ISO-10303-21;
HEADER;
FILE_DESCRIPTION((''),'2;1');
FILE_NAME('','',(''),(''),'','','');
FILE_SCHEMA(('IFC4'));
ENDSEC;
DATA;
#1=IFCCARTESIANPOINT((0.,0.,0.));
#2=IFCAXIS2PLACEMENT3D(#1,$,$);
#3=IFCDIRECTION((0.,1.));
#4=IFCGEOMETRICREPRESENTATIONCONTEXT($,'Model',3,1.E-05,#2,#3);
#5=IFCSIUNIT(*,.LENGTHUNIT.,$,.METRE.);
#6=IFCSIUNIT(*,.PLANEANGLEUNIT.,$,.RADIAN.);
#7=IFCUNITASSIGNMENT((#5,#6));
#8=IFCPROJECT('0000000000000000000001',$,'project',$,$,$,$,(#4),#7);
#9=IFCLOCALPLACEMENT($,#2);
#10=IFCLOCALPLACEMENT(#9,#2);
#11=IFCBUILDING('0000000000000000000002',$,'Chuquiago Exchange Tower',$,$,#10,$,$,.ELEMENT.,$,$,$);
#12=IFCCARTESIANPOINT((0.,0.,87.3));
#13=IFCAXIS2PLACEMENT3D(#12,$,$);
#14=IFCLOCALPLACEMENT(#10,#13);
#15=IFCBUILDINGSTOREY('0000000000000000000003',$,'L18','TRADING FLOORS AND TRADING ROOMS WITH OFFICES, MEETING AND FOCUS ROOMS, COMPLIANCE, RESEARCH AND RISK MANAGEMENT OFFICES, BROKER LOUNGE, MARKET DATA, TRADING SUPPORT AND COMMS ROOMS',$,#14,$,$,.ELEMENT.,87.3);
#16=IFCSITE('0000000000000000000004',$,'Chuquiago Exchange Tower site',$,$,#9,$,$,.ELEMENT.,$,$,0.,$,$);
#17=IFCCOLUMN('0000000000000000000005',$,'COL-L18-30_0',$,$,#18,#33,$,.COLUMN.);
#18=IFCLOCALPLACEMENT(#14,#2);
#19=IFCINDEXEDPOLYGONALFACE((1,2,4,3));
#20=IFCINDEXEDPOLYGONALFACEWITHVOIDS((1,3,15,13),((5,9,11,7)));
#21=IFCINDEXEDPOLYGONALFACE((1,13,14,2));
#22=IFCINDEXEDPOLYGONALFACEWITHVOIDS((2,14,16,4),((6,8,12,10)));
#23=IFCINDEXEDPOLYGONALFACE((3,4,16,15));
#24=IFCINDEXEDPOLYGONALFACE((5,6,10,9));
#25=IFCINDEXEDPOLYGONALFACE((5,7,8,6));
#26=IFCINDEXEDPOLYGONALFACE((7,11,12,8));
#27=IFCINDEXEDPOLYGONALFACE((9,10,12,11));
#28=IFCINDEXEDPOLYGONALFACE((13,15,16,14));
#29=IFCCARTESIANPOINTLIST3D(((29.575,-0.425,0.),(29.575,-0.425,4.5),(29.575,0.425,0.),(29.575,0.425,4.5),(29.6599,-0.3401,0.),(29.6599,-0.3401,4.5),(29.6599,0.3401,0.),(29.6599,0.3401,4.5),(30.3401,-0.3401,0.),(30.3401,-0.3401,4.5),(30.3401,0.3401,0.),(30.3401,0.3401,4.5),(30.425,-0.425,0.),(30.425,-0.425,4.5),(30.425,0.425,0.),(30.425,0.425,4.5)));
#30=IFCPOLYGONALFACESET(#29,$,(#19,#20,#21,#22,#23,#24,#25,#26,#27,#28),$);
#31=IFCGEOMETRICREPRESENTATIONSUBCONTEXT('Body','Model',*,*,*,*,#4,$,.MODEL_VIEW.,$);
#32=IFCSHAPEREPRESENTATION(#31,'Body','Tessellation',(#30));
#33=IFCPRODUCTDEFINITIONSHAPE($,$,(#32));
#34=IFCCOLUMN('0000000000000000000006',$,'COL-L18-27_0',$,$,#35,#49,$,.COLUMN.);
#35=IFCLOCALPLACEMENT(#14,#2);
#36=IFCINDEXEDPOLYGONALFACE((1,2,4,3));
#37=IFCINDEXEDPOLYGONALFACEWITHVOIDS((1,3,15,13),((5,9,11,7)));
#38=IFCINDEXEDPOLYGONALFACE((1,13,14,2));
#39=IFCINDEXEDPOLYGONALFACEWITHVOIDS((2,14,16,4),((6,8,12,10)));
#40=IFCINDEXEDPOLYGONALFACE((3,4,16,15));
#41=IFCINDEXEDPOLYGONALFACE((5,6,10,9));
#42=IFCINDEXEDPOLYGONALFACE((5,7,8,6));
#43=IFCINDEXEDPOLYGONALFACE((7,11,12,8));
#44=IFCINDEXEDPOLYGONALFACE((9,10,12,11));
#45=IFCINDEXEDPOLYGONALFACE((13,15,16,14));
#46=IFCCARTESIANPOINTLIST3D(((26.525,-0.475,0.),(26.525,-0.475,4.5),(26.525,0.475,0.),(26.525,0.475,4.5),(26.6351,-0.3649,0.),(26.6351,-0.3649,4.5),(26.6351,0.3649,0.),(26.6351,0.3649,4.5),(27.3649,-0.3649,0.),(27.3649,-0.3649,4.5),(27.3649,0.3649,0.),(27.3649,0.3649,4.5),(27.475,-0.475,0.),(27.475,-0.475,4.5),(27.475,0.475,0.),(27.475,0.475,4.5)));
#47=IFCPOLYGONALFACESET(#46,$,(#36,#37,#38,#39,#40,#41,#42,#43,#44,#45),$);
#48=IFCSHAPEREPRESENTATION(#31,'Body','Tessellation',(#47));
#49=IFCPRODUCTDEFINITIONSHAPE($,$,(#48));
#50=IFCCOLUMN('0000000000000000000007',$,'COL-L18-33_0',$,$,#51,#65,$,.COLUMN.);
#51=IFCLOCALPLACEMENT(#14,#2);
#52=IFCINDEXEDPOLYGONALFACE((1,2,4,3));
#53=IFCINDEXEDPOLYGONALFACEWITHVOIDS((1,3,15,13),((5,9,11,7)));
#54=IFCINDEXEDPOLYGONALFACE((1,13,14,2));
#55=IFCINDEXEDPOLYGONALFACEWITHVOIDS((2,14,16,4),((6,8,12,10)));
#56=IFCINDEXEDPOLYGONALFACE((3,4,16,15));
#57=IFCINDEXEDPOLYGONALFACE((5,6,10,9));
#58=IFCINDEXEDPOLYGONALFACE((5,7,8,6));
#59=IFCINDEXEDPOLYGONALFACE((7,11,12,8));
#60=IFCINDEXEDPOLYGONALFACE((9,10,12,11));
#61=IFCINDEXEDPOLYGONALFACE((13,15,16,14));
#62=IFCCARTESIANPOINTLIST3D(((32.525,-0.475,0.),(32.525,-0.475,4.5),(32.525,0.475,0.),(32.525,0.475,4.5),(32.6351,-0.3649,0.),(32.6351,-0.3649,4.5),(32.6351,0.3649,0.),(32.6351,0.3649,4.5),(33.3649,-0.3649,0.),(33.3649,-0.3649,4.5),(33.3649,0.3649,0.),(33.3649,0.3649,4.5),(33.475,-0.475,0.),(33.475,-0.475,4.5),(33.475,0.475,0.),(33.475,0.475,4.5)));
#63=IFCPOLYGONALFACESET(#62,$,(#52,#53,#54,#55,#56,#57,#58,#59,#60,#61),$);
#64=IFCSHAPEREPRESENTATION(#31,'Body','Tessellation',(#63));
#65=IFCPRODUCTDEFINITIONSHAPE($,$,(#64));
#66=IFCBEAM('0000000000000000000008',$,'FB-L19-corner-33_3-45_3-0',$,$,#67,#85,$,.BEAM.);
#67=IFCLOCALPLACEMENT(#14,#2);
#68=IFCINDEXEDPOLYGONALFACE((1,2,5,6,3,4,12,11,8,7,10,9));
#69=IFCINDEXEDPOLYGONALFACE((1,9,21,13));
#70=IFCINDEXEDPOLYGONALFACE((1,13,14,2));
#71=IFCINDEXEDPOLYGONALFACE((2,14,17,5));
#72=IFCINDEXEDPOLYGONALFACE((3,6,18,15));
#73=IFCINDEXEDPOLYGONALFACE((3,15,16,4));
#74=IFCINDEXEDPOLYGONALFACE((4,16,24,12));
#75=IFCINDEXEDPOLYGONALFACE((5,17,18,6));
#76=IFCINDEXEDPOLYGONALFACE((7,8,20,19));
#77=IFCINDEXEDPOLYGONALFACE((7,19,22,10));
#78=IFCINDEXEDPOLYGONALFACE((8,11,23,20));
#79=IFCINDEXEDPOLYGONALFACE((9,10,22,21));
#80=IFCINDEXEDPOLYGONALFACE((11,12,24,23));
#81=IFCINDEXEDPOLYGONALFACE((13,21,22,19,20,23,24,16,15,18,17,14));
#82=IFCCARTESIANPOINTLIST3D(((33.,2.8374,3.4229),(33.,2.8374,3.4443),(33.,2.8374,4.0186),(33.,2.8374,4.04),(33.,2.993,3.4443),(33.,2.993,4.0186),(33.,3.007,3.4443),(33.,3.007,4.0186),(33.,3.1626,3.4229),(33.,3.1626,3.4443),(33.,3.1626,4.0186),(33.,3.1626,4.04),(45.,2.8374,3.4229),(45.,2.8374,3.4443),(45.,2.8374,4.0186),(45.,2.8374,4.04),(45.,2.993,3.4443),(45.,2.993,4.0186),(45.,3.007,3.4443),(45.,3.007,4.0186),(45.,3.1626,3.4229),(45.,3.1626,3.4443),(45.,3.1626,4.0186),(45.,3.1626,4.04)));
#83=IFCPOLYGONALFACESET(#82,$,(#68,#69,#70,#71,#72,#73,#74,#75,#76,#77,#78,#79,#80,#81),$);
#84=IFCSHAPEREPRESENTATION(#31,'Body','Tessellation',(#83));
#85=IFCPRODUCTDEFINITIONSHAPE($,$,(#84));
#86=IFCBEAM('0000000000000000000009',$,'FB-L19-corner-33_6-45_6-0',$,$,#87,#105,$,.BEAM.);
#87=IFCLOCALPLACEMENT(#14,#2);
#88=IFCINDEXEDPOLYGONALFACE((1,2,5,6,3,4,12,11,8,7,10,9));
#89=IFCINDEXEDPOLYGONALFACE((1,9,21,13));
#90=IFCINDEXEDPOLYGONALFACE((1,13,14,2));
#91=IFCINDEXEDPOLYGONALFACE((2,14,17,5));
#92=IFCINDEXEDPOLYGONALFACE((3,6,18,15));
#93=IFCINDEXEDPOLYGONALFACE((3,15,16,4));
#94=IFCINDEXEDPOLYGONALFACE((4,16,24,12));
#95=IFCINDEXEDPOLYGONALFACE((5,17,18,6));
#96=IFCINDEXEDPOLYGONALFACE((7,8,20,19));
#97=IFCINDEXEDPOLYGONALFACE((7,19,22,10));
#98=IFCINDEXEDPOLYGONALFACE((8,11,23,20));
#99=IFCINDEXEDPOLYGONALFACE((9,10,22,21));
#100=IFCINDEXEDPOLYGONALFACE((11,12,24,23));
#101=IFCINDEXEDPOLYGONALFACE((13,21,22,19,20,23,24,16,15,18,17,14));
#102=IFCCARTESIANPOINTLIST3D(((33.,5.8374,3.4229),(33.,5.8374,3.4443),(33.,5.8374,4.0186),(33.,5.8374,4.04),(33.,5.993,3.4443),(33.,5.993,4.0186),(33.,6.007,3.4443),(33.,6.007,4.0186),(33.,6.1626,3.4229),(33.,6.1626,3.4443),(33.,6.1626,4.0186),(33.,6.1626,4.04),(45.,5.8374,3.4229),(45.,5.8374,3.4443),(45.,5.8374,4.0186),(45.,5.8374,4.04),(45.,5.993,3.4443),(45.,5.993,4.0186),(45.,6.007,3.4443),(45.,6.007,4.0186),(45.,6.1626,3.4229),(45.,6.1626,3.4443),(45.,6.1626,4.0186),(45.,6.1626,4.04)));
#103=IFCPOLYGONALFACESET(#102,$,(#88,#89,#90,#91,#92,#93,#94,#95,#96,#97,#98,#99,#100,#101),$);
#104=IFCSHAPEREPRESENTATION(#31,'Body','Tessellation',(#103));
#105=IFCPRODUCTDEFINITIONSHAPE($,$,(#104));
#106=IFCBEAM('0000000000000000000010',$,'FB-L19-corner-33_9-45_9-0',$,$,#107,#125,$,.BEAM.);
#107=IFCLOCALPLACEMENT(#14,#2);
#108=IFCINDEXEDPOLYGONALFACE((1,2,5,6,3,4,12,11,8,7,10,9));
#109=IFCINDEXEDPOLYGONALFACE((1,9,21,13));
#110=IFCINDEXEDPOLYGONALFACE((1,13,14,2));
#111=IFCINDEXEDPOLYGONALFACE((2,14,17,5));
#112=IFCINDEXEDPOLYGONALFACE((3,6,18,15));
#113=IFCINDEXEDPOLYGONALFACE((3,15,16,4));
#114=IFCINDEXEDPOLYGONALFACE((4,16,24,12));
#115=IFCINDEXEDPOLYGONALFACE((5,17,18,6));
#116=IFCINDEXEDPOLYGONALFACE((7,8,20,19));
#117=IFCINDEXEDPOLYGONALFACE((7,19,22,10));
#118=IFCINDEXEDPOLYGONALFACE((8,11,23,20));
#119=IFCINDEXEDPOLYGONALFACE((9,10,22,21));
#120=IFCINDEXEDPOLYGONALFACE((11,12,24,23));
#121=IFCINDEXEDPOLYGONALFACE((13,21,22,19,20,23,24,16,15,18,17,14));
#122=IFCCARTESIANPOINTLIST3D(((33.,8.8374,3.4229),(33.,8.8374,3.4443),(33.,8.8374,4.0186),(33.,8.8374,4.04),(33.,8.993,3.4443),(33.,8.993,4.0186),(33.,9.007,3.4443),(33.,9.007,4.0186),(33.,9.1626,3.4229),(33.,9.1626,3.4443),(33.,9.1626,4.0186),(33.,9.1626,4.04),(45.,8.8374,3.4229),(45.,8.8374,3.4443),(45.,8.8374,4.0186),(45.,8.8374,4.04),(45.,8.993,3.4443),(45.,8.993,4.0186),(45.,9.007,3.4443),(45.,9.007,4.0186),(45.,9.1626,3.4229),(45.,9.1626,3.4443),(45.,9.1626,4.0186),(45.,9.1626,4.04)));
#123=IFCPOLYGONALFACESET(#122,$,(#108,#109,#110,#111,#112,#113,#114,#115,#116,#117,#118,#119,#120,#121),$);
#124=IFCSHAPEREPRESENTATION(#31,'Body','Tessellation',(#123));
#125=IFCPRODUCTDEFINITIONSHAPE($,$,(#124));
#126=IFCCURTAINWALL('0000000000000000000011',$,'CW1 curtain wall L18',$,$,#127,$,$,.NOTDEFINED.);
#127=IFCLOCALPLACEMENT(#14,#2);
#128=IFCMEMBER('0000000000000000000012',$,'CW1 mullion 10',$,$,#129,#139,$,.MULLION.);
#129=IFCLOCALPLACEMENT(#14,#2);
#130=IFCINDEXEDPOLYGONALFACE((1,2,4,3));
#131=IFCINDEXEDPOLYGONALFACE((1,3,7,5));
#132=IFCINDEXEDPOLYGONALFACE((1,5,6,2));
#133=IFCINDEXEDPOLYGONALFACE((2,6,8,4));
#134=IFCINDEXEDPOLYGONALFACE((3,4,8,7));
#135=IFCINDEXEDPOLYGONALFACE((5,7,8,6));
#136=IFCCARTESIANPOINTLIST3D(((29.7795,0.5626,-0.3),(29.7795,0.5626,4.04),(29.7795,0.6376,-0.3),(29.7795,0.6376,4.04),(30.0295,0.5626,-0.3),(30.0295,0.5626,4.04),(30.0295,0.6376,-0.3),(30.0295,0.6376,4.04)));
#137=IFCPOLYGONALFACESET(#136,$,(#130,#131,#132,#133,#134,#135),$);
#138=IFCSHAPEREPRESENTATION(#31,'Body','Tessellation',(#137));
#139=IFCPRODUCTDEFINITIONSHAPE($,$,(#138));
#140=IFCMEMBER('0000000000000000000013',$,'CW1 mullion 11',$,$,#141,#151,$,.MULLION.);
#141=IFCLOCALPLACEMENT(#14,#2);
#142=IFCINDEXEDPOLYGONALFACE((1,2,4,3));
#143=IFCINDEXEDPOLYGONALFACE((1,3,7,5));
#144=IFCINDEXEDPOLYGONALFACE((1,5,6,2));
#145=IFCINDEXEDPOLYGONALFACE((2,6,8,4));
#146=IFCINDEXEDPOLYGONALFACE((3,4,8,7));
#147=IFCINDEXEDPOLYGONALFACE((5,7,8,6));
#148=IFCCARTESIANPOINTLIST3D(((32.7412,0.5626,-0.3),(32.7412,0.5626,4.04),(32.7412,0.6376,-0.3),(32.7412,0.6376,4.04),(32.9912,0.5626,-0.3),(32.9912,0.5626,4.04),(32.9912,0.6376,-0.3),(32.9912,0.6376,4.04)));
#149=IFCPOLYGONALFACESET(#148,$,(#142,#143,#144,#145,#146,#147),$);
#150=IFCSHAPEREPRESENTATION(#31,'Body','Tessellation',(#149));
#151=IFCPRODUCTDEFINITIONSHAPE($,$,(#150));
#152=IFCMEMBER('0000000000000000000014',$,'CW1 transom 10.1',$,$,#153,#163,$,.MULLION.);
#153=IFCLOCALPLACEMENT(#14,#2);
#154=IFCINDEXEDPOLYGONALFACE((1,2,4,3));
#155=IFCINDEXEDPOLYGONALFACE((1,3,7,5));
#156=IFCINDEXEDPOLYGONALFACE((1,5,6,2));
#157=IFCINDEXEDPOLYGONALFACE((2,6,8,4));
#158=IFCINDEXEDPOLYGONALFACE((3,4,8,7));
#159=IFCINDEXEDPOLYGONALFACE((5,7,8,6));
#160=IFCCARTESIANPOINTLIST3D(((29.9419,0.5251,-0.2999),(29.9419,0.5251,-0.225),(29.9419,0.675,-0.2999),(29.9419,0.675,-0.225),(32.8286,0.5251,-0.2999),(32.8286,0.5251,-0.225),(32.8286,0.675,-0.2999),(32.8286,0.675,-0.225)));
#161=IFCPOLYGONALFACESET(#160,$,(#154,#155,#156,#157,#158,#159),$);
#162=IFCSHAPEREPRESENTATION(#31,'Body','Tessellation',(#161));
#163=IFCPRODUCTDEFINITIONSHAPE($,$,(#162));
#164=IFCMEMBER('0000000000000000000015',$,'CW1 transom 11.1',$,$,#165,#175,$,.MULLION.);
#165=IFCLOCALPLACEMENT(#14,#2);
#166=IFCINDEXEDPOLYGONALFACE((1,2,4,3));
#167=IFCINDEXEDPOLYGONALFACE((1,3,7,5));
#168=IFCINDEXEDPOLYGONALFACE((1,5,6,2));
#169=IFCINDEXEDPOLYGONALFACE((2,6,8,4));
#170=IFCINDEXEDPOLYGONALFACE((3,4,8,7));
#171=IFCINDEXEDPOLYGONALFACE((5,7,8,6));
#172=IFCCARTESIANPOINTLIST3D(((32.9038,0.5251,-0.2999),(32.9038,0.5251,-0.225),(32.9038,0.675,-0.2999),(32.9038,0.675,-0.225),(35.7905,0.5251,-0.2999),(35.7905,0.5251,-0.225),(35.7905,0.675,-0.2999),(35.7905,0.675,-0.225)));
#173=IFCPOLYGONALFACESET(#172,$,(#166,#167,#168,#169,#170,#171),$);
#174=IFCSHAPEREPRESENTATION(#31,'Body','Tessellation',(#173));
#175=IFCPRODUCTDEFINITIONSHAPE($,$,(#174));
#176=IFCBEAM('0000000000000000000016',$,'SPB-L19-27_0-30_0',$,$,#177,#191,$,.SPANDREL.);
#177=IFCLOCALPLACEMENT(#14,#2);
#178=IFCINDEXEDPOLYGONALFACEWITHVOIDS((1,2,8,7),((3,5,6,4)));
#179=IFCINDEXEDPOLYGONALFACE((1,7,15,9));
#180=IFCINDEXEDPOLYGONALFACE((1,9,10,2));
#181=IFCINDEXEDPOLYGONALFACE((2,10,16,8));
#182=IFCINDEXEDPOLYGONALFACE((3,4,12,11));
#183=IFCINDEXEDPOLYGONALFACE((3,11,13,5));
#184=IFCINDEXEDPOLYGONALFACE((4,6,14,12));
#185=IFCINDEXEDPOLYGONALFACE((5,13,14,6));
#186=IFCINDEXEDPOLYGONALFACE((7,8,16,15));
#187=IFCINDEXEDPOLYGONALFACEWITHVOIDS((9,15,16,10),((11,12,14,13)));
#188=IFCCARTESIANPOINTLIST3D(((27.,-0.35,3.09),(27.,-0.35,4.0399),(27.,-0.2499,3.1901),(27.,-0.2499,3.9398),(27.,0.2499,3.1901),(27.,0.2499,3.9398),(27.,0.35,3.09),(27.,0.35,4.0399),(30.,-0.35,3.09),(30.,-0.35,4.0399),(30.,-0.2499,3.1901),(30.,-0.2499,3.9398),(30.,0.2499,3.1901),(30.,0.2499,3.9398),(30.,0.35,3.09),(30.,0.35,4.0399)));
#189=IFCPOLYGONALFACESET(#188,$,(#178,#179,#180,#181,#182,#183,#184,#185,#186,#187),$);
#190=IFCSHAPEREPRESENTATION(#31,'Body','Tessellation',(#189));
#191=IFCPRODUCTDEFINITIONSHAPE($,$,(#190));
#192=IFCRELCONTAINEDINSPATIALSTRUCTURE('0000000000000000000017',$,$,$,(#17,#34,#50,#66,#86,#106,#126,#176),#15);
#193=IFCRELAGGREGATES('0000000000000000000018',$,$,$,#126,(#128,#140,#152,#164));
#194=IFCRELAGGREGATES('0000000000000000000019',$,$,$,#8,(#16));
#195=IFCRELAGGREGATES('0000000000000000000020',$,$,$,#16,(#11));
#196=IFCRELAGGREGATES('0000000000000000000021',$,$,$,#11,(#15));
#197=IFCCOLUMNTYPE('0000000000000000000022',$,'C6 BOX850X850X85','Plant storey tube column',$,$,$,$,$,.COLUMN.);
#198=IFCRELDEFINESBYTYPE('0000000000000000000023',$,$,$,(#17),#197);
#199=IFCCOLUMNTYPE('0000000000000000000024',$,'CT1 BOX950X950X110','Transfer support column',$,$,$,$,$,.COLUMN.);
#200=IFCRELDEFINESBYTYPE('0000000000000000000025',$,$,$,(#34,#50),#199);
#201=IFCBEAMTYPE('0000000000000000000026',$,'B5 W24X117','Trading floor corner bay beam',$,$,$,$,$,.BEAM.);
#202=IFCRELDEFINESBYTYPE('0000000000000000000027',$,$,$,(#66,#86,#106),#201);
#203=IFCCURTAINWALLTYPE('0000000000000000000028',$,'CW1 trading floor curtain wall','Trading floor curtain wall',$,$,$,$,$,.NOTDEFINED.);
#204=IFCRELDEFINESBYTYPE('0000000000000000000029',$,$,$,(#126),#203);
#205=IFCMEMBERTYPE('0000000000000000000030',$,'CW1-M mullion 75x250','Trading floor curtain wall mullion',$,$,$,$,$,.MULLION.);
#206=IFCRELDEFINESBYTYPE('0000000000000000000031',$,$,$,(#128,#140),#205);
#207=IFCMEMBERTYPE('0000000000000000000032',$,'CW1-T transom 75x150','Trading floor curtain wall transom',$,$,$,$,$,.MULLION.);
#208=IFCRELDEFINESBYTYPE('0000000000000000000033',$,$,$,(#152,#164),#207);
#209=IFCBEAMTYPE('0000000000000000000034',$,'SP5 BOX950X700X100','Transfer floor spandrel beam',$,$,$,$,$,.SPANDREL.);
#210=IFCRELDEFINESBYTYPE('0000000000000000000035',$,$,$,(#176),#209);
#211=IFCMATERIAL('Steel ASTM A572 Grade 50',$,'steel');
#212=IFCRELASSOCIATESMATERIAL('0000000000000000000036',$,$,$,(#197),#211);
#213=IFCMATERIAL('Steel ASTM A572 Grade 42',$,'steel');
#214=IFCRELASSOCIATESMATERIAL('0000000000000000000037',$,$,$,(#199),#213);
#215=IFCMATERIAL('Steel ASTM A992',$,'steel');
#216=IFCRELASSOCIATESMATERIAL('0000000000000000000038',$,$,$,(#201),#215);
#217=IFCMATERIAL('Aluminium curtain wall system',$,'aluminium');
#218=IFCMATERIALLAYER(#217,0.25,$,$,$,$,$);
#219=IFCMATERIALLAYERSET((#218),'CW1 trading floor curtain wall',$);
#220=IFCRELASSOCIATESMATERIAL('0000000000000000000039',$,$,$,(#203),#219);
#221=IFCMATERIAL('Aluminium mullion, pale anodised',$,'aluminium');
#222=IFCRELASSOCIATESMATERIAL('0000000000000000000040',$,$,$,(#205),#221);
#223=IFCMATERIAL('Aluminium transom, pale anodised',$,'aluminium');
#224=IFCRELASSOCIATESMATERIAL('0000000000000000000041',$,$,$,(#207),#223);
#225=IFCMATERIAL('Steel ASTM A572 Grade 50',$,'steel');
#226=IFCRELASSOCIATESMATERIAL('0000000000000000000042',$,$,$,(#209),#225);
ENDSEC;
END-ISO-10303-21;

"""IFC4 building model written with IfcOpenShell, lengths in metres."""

from ifc_helpers import new_model, si_unit, direction, frame, origin, origin_2d, place, context, subcontext, project, spatial, rectangle, hollow_rectangle, i_section, extrude, material, layer, layer_set, material_profile, profile_set, type_object, element, aggregate, save


model = new_model("IFC4")

# Units and contexts
model_context = context("Model", 3, precision=1e-05, world=origin(), true_north=direction((0.0, 1.0)))
body_context = subcontext(model_context, "Body", "Model", "MODEL_VIEW")
ifc_project = project(units=[si_unit("LENGTHUNIT", "METRE"), si_unit("PLANEANGLEUNIT", "RADIAN")], contexts=[model_context])

# Site, building, storey
site_placement = place(None, origin())
site = spatial("IfcSite", under=ifc_project, at=site_placement, Name="Chuquiago Exchange Tower site", CompositionType="ELEMENT", RefElevation=0.0)
building_placement = place(site_placement, origin())
building = spatial("IfcBuilding", under=site, at=building_placement, Name="Chuquiago Exchange Tower", CompositionType="ELEMENT")
storey_placement = place(building_placement, frame((0.0, 0.0, 87.3)))
storey = spatial("IfcBuildingStorey", under=building, at=storey_placement, Name="L18", Description="TRADING FLOORS AND TRADING ROOMS WITH OFFICES, MEETING AND FOCUS ROOMS, COMPLIANCE, RESEARCH AND RISK MANAGEMENT OFFICES, BROKER LOUNGE, MARKET DATA, TRADING SUPPORT AND COMMS ROOMS", CompositionType="ELEMENT", Elevation=87.3)

# Columns
ifc_material_1 = material(Name="Steel ASTM A572 Grade 50", Category="steel")
ifc_material_profile_1 = material_profile(ifc_material_1, hollow_rectangle(XDim=0.8501, YDim=0.8501, WallThickness=0.085, at=origin_2d()), Name="BOX850X850X85")
ifc_profile_set_1 = profile_set([ifc_material_profile_1], Name="Steel ASTM A572 Grade 50")
column_type_1 = type_object("IfcColumnType", Name="C6 BOX850X850X85", Description="Plant storey tube column", PredefinedType="COLUMN", material=ifc_profile_set_1)
column_placement = place(storey_placement, frame((30.0, 0.0, 0.0), z_axis=(0.0, 0.0, 1.0), x_axis=(0.0, -1.0, 0.0)))
element("IfcColumn", 1, at=column_placement, inside=storey, type_object=column_type_1, Name="COL-L18-30_0", PredefinedType="COLUMN", context=body_context, shape_type="SweptSolid", body=[
    extrude(hollow_rectangle(XDim=0.8501, YDim=0.8501, WallThickness=0.085, at=origin_2d()), origin(), (0.0, 0.0, 1.0), 4.5),
])
ifc_material_2 = material(Name="Steel ASTM A572 Grade 42", Category="steel")
ifc_material_profile_2 = material_profile(ifc_material_2, hollow_rectangle(XDim=0.95, YDim=0.95, WallThickness=0.1101, at=origin_2d()), Name="BOX950X950X110")
ifc_profile_set_2 = profile_set([ifc_material_profile_2], Name="Steel ASTM A572 Grade 42")
column_type_2 = type_object("IfcColumnType", Name="CT1 BOX950X950X110", Description="Transfer support column", PredefinedType="COLUMN", material=ifc_profile_set_2)
for number, where, z_axis, x_axis, name in (
    (2, (27.0, 0.0, 0.0), (0.0, 0.0, 1.0), (0.0, -1.0, 0.0), "COL-L18-27_0"),
    (3, (33.0, 0.0, 0.0), (0.0, 0.0, 1.0), (0.0, -1.0, 0.0), "COL-L18-33_0"),
):
    element("IfcColumn", number, at=place(storey_placement, frame(where, z_axis=z_axis, x_axis=x_axis)), inside=storey, type_object=column_type_2, Name=name, PredefinedType="COLUMN", context=body_context, shape_type="SweptSolid", body=[
        extrude(hollow_rectangle(XDim=0.95, YDim=0.95, WallThickness=0.1101, at=origin_2d()), origin(), (0.0, 0.0, 1.0), 4.5),
    ])

# Beams
ifc_material_3 = material(Name="Steel ASTM A992", Category="steel")
ifc_material_profile_3 = material_profile(ifc_material_3, i_section(OverallWidth=0.3252, OverallDepth=0.6172, WebThickness=0.0139, FlangeThickness=0.0215, at=origin_2d()), Name="W24X117")
ifc_profile_set_3 = profile_set([ifc_material_profile_3], Name="Steel ASTM A992")
beam_type_1 = type_object("IfcBeamType", Name="B5 W24X117", Description="Trading floor corner bay beam", PredefinedType="BEAM", material=ifc_profile_set_3)
for number, where, z_axis, x_axis, name in (
    (4, (33.0, 3.0, 3.7314), (1.0, 0.0, 0.0), (0.0, 1.0, 0.0), "FB-L19-corner-33_3-45_3-0"),
    (5, (33.0, 6.0, 3.7314), (1.0, 0.0, 0.0), (0.0, 1.0, 0.0), "FB-L19-corner-33_6-45_6-0"),
    (6, (33.0, 9.0, 3.7314), (1.0, 0.0, 0.0), (0.0, 1.0, 0.0), "FB-L19-corner-33_9-45_9-0"),
):
    element("IfcBeam", number, at=place(storey_placement, frame(where, z_axis=z_axis, x_axis=x_axis)), inside=storey, type_object=beam_type_1, Name=name, PredefinedType="BEAM", context=body_context, shape_type="SweptSolid", body=[
        extrude(i_section(OverallWidth=0.3252, OverallDepth=0.6172, WebThickness=0.0139, FlangeThickness=0.0215, at=origin_2d()), origin(), (0.0, 0.0, 1.0), 12.0),
    ])

# Curtain wall, members
ifc_material_4 = material(Name="Aluminium curtain wall system", Category="aluminium")
ifc_layer_1 = layer(ifc_material_4, 0.25)
ifc_layer_set_1 = layer_set([ifc_layer_1], Name="CW1 trading floor curtain wall")
curtain_wall_type = type_object("IfcCurtainWallType", Name="CW1 trading floor curtain wall", Description="Trading floor curtain wall", PredefinedType="NOTDEFINED", material=ifc_layer_set_1)
curtain_wall_placement = place(storey_placement, origin())
curtain_wall = element("IfcCurtainWall", 7, at=curtain_wall_placement, inside=storey, type_object=curtain_wall_type, Name="CW1 curtain wall L18", PredefinedType="NOTDEFINED")
ifc_material_5 = material(Name="Aluminium mullion, pale anodised", Category="aluminium")
ifc_material_profile_4 = material_profile(ifc_material_5, rectangle(XDim=0.075, YDim=0.25, at=origin_2d()), Name="AL 75x250")
ifc_profile_set_4 = profile_set([ifc_material_profile_4], Name="Aluminium mullion, pale anodised")
member_type_1 = type_object("IfcMemberType", Name="CW1-M mullion 75x250", Description="Trading floor curtain wall mullion", PredefinedType="MULLION", material=ifc_profile_set_4)
member_1_placement = place(storey_placement, frame((29.9045, 0.6001, -0.3), z_axis=(0.0, 0.0, 1.0), x_axis=(0.0, 1.0, 0.0)))
member_1 = element("IfcMember", 8, at=member_1_placement, type_object=member_type_1, Name="CW1 mullion 10", PredefinedType="MULLION", context=body_context, shape_type="SweptSolid", body=[
    extrude(rectangle(XDim=0.075, YDim=0.25, at=origin_2d()), origin(), (0.0, 0.0, 1.0), 4.3401),
])
member_2_placement = place(storey_placement, frame((32.8662, 0.6001, -0.3), z_axis=(0.0, 0.0, 1.0), x_axis=(0.0, 1.0, 0.0)))
member_2 = element("IfcMember", 9, at=member_2_placement, type_object=member_type_1, Name="CW1 mullion 11", PredefinedType="MULLION", context=body_context, shape_type="SweptSolid", body=[
    extrude(rectangle(XDim=0.075, YDim=0.25, at=origin_2d()), origin(), (0.0, 0.0, 1.0), 4.3401),
])
ifc_material_6 = material(Name="Aluminium transom, pale anodised", Category="aluminium")
ifc_material_profile_5 = material_profile(ifc_material_6, rectangle(XDim=0.1499, YDim=0.075, at=origin_2d()), Name="AL 150x75")
ifc_profile_set_5 = profile_set([ifc_material_profile_5], Name="Aluminium transom, pale anodised")
member_type_2 = type_object("IfcMemberType", Name="CW1-T transom 75x150", Description="Trading floor curtain wall transom", PredefinedType="MULLION", material=ifc_profile_set_5)
member_3_placement = place(storey_placement, frame((29.9419, 0.6001, -0.2625), z_axis=(1.0, 0.0, 0.0), x_axis=(0.0, 1.0, 0.0)))
member_3 = element("IfcMember", 10, at=member_3_placement, type_object=member_type_2, Name="CW1 transom 10.1", PredefinedType="MULLION", context=body_context, shape_type="SweptSolid", body=[
    extrude(rectangle(XDim=0.1499, YDim=0.075, at=origin_2d()), origin(), (0.0, 0.0, 1.0), 2.8867),
])
member_4_placement = place(storey_placement, frame((32.9038, 0.6001, -0.2625), z_axis=(1.0, 0.0, 0.0), x_axis=(0.0, 1.0, 0.0)))
member_4 = element("IfcMember", 11, at=member_4_placement, type_object=member_type_2, Name="CW1 transom 11.1", PredefinedType="MULLION", context=body_context, shape_type="SweptSolid", body=[
    extrude(rectangle(XDim=0.1499, YDim=0.075, at=origin_2d()), origin(), (0.0, 0.0, 1.0), 2.8867),
])

# Beam
ifc_material_7 = material(Name="Steel ASTM A572 Grade 50", Category="steel")
ifc_material_profile_6 = material_profile(ifc_material_7, hollow_rectangle(XDim=0.7, YDim=0.95, WallThickness=0.1001, at=origin_2d()), Name="BOX950X700X100")
ifc_profile_set_6 = profile_set([ifc_material_profile_6], Name="Steel ASTM A572 Grade 50")
beam_type_2 = type_object("IfcBeamType", Name="SP5 BOX950X700X100", Description="Transfer floor spandrel beam", PredefinedType="SPANDREL", material=ifc_profile_set_6)
for number, where, z_axis, x_axis, name in (
    (12, (27.0, 0.0, 3.5649), (1.0, 0.0, 0.0), (0.0, 1.0, 0.0), "SPB-L19-27_0-30_0"),
):
    element("IfcBeam", number, at=place(storey_placement, frame(where, z_axis=z_axis, x_axis=x_axis)), inside=storey, type_object=beam_type_2, Name=name, PredefinedType="SPANDREL", context=body_context, shape_type="SweptSolid", body=[
        extrude(hollow_rectangle(XDim=0.7, YDim=0.95, WallThickness=0.1001, at=origin_2d()), origin(), (0.0, 0.0, 1.0), 3.0),
    ])

aggregate(curtain_wall, [member_1, member_2, member_3, member_4])

save(model, "model.ifc")
